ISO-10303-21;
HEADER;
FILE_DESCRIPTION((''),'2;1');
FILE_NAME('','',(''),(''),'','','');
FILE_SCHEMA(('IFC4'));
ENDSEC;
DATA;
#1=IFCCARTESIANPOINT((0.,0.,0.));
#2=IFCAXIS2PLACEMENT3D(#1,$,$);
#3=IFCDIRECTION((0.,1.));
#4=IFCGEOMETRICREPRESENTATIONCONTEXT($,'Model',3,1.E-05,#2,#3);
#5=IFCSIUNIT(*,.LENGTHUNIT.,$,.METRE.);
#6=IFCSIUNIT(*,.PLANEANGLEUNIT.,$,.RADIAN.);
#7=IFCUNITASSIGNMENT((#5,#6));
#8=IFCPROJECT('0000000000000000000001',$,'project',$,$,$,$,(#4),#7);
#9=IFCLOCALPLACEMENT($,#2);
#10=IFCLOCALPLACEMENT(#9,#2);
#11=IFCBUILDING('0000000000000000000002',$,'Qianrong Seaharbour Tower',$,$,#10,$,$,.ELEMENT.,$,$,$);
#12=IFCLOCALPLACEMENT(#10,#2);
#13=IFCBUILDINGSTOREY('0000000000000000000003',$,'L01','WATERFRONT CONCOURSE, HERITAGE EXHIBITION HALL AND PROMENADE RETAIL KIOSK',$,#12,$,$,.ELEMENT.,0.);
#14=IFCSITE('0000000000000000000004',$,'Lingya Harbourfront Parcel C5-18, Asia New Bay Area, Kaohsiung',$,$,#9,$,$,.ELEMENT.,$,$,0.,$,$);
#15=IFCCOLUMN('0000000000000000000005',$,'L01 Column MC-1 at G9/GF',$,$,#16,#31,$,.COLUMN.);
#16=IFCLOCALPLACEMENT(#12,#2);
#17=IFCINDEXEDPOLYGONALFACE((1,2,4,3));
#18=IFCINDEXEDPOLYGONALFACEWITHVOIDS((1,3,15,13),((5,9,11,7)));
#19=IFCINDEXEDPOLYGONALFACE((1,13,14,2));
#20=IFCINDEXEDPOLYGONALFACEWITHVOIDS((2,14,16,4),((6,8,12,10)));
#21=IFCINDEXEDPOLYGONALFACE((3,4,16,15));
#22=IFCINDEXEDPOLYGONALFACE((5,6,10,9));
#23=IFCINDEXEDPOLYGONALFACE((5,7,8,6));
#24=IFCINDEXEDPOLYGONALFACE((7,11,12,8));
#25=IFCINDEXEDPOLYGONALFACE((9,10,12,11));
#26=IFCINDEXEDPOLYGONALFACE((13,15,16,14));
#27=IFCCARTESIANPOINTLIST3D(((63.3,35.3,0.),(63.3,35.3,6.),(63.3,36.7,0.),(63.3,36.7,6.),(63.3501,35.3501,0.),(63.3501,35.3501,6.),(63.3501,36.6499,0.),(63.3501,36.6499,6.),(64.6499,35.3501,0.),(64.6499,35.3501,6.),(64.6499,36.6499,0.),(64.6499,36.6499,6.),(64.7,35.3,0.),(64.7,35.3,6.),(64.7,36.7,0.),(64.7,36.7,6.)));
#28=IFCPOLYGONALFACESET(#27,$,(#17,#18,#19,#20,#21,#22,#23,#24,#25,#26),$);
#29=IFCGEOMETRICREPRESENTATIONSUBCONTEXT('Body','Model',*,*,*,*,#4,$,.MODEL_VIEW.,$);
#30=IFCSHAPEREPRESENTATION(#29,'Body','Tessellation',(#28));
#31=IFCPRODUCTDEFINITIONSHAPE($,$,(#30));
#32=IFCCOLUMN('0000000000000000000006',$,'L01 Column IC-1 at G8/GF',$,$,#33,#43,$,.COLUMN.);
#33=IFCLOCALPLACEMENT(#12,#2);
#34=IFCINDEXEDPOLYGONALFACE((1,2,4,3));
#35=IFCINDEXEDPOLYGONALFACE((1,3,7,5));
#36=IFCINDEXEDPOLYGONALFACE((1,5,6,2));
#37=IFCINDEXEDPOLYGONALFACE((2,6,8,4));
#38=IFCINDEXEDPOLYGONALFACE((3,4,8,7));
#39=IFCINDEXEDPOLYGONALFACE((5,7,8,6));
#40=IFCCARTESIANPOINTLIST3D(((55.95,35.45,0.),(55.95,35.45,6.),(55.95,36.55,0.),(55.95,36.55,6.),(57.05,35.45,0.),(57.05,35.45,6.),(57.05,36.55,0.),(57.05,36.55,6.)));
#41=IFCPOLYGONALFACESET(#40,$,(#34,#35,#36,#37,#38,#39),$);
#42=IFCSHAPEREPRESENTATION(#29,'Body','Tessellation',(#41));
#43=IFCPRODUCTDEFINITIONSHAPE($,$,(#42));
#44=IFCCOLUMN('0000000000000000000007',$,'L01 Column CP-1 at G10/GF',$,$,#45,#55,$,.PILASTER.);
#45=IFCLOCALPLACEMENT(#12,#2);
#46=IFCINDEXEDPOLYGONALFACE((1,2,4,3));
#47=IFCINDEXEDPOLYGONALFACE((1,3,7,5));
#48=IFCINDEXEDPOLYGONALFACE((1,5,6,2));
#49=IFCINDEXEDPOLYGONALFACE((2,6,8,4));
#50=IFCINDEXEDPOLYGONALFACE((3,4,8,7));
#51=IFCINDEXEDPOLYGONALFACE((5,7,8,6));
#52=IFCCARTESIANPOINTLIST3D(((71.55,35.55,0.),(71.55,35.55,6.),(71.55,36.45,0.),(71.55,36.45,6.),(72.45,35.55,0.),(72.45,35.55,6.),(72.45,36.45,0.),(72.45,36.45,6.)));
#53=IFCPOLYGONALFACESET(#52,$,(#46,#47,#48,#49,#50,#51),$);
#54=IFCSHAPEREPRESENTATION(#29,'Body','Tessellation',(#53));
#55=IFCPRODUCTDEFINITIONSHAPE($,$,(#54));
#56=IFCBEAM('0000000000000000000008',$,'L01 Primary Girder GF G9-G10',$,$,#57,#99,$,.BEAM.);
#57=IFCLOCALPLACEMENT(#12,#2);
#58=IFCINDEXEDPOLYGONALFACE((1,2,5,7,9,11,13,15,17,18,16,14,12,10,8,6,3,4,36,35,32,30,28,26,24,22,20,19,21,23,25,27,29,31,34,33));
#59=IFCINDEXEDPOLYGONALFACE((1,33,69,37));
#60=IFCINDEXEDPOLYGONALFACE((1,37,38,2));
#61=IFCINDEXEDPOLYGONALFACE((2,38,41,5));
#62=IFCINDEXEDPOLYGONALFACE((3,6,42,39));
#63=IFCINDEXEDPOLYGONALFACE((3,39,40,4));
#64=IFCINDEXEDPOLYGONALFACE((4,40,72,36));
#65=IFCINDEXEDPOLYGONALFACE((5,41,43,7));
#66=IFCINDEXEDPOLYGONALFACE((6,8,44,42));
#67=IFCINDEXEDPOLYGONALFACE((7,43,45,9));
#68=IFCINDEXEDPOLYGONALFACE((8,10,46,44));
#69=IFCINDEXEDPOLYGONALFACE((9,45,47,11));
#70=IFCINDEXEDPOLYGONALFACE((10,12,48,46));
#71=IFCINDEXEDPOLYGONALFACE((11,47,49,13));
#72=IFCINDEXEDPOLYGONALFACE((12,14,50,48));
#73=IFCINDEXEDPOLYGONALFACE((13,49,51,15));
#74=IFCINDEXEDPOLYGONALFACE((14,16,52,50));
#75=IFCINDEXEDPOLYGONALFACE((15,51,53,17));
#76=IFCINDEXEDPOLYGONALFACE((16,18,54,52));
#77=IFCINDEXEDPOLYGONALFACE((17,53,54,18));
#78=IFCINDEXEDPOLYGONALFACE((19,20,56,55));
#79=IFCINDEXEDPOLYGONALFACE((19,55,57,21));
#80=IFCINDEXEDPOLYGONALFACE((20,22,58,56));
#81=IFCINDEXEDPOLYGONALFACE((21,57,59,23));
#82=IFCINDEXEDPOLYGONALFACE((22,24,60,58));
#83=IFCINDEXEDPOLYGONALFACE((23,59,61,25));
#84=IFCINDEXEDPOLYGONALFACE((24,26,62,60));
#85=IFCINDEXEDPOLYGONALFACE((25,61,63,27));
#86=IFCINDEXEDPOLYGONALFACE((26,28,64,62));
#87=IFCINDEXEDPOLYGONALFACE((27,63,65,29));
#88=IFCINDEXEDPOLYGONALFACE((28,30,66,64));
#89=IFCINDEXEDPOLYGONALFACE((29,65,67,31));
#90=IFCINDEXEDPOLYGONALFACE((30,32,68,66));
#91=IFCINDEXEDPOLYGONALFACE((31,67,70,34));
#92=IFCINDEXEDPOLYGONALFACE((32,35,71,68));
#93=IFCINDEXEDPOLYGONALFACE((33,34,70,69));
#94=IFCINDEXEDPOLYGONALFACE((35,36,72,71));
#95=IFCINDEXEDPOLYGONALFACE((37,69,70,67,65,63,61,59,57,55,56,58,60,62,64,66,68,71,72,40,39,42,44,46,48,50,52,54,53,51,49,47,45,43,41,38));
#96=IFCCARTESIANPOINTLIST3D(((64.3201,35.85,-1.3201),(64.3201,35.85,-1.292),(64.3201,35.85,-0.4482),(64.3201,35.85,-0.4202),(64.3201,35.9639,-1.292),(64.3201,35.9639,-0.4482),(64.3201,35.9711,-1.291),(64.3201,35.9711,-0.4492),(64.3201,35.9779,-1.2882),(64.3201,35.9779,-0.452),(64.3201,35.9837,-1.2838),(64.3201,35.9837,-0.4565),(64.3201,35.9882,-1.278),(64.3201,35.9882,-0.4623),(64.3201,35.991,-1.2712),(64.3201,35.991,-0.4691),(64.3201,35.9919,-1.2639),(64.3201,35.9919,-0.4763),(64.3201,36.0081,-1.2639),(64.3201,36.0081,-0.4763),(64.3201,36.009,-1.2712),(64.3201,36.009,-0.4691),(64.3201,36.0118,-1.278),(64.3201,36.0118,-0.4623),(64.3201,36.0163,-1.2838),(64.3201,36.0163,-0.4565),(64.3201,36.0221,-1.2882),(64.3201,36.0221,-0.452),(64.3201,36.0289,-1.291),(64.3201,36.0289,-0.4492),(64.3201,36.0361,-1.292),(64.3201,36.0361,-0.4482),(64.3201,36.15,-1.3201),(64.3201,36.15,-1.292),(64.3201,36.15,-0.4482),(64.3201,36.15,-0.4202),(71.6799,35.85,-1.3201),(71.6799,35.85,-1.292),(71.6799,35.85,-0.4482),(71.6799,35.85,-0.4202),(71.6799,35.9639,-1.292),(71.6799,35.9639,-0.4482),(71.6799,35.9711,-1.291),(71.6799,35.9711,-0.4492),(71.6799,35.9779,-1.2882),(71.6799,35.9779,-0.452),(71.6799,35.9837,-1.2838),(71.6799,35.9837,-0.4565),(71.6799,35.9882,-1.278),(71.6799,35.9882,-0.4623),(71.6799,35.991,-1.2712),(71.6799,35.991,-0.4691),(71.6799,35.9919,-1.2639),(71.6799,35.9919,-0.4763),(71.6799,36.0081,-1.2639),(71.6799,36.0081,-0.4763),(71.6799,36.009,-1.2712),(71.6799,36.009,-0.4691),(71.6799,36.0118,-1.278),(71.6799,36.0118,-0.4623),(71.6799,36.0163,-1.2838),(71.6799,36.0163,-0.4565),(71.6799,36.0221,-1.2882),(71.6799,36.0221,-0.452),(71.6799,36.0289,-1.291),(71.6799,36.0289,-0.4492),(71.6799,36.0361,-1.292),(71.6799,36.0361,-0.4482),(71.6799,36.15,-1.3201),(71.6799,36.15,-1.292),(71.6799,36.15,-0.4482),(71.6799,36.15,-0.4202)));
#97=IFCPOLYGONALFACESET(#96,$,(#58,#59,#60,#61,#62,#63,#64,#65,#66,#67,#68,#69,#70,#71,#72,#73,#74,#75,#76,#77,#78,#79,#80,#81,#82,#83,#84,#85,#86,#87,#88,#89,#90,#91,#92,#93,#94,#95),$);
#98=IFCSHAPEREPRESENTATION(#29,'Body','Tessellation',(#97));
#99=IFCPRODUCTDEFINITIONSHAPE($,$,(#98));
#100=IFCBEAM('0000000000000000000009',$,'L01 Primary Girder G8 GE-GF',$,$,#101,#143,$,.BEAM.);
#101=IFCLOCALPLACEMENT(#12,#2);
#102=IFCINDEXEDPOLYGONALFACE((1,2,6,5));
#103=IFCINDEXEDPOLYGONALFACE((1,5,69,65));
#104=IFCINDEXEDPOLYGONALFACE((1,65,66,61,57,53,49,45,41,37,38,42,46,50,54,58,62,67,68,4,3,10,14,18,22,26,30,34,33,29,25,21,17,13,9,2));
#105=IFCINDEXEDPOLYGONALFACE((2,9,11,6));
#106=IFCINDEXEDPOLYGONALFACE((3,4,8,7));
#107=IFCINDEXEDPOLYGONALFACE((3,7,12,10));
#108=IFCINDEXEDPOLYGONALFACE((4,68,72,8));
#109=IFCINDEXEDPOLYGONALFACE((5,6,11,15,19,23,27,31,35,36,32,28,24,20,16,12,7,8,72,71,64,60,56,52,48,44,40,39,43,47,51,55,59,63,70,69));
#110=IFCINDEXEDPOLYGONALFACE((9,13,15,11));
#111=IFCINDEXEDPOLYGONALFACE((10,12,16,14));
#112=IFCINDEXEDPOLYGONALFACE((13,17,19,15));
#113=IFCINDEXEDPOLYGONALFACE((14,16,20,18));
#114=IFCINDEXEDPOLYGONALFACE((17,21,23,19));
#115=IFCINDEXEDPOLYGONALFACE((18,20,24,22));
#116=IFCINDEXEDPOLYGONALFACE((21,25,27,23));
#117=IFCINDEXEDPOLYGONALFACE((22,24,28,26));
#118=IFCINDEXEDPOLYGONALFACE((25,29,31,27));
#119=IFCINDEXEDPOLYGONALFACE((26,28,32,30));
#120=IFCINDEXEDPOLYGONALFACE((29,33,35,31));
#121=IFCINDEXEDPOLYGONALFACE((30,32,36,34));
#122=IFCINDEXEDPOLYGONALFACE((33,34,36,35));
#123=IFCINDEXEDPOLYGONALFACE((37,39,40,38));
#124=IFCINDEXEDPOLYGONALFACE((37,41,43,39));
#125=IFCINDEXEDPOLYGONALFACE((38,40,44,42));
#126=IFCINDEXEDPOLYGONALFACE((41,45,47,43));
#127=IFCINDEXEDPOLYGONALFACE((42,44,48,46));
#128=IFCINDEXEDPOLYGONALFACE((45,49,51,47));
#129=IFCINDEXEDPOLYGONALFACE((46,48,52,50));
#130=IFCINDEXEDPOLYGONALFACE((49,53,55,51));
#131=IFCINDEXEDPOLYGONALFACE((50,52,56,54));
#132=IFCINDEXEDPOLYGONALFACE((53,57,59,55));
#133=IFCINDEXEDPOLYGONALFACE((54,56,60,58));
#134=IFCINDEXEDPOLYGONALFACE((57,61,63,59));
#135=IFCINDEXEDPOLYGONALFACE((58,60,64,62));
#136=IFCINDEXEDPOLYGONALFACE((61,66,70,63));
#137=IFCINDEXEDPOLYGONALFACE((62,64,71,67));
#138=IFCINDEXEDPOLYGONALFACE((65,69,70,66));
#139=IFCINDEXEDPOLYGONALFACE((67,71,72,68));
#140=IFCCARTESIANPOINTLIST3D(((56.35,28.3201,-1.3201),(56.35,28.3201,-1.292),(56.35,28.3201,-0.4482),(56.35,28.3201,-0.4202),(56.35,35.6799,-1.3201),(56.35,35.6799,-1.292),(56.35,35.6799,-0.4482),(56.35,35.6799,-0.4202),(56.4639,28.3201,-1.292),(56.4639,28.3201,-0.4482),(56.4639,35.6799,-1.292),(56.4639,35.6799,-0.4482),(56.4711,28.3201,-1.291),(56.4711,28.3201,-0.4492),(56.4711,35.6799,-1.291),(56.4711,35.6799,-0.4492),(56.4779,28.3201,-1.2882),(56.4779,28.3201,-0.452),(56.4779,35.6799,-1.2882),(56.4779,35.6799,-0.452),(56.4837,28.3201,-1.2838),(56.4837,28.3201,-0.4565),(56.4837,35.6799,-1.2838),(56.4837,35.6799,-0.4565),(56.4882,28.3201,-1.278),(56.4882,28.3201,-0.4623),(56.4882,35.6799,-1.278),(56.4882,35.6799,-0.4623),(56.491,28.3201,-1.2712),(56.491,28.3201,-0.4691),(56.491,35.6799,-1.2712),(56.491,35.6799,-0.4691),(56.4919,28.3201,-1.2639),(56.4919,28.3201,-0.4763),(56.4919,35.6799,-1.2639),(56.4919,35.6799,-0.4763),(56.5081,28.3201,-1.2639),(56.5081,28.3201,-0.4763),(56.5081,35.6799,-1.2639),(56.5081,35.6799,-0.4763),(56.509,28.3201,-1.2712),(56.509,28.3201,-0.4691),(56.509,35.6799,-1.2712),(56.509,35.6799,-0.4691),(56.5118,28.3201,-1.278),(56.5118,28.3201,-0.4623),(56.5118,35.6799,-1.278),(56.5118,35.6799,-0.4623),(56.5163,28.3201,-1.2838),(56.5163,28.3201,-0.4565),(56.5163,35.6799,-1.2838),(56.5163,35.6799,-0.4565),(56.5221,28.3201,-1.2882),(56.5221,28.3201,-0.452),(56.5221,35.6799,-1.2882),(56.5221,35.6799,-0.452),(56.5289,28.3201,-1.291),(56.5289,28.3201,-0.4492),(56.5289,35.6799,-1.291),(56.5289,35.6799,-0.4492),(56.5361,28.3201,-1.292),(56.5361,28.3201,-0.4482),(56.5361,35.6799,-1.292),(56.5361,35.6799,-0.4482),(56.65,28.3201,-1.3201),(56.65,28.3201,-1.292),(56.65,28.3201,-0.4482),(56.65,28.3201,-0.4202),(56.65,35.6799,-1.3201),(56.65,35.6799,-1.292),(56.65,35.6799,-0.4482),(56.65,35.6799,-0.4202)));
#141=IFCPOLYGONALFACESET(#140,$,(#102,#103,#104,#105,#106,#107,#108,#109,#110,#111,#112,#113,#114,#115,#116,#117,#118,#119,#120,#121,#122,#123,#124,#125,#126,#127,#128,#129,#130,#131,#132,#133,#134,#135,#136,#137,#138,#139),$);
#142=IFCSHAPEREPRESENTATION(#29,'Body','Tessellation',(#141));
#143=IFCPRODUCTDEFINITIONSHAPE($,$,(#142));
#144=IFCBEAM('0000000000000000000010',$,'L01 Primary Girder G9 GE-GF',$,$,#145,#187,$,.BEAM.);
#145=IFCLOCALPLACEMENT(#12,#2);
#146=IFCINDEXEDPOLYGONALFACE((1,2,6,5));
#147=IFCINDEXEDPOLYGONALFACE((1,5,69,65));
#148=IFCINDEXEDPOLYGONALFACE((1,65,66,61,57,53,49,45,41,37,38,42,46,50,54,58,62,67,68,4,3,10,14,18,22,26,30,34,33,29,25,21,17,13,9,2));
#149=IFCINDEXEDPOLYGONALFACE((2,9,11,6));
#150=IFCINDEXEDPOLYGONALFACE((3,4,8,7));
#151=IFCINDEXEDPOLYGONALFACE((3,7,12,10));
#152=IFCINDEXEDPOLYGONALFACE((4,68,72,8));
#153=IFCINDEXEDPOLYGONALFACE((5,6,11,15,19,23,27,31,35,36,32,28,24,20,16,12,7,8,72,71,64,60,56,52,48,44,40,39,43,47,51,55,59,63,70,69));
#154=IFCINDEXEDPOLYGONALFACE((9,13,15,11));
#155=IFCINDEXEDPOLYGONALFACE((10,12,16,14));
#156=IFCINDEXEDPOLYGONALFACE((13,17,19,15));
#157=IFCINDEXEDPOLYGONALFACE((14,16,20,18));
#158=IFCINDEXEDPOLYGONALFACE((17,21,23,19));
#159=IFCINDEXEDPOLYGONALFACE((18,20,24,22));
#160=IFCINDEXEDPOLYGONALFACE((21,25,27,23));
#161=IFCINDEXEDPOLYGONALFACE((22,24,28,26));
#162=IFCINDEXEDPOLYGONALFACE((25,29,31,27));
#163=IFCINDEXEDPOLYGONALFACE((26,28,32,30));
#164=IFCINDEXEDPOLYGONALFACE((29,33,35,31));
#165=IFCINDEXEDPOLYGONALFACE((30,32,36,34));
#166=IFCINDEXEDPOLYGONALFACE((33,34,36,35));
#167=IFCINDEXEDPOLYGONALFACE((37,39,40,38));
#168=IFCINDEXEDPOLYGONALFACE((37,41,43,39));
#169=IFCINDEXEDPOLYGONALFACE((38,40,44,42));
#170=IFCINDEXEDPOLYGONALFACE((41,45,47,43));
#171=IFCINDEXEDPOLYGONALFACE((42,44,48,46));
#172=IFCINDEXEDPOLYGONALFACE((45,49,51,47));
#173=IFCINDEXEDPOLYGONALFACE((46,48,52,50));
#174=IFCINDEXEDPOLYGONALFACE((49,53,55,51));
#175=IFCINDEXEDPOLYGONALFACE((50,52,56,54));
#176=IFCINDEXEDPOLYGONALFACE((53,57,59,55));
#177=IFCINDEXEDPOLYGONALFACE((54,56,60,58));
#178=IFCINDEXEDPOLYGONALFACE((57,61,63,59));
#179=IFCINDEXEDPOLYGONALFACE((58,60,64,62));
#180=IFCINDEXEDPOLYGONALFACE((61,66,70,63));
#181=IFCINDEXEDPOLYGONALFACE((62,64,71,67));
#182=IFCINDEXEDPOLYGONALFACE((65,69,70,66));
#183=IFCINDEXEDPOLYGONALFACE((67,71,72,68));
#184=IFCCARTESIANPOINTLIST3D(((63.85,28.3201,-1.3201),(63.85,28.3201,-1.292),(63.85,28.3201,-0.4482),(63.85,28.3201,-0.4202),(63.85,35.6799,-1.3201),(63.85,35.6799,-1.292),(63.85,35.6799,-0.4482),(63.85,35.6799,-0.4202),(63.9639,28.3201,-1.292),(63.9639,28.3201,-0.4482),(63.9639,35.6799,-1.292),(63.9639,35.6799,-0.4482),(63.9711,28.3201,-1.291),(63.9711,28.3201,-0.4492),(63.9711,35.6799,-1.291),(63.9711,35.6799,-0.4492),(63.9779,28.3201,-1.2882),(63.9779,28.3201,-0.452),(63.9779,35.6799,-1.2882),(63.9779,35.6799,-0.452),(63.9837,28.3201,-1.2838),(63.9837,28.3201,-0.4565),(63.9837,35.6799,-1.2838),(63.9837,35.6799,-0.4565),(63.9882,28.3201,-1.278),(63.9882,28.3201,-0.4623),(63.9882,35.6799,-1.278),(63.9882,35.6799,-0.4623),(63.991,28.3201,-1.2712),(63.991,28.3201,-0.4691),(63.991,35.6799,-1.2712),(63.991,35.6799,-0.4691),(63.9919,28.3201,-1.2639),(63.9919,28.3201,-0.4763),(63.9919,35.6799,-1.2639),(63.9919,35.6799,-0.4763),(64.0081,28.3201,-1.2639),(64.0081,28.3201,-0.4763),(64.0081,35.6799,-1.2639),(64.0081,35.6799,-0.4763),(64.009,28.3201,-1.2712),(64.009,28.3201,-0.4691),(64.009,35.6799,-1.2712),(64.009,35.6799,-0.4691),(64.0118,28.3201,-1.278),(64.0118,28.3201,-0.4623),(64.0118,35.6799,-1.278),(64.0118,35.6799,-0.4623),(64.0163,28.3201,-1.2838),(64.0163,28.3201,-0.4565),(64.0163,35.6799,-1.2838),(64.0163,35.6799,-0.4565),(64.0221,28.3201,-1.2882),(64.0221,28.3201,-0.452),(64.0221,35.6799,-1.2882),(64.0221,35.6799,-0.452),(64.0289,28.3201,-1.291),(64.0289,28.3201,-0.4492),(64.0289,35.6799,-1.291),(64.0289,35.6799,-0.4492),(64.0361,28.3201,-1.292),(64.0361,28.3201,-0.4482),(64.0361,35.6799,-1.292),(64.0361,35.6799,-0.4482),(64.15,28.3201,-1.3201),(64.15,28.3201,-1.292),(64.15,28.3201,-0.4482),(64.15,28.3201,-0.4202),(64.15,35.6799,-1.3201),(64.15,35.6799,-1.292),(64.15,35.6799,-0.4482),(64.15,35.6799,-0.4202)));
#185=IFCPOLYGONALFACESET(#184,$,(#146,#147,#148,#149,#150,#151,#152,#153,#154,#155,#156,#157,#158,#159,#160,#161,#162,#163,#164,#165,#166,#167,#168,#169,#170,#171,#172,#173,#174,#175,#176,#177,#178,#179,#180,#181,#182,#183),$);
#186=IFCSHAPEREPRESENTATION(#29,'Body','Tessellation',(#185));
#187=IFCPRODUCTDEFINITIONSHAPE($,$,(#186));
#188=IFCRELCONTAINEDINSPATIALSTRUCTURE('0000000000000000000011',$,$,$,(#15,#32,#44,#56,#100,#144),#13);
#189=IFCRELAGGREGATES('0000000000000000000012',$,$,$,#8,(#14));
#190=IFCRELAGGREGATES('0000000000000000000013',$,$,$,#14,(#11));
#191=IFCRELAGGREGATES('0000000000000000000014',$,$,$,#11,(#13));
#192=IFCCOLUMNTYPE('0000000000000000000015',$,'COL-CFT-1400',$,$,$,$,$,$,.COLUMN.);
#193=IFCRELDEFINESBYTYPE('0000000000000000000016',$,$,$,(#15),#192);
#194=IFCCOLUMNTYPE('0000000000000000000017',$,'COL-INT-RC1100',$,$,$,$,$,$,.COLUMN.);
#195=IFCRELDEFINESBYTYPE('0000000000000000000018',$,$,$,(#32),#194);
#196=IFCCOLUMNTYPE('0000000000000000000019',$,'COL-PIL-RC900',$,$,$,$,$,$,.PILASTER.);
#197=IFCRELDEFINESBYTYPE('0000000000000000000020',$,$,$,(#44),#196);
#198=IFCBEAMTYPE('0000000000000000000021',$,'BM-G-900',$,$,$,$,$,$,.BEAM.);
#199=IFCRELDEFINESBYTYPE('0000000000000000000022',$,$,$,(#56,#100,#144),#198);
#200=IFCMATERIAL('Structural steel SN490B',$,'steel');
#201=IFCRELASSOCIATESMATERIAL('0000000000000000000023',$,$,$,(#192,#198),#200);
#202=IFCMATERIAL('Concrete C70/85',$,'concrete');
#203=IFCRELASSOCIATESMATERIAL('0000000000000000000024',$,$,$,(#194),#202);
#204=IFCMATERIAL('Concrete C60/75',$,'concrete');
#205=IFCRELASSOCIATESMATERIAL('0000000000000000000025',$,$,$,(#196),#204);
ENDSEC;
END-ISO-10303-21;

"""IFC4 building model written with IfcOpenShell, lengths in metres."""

from ifc_helpers import new_model, si_unit, direction, frame, origin, origin_2d, place, context, subcontext, project, spatial, rectangle, hollow_rectangle, i_section, extrude, material, material_profile, profile_set, type_object, element, save


model = new_model("IFC4")

# Units and contexts
model_context = context("Model", 3, precision=1e-05, world=origin(), true_north=direction((0.0, 1.0)))
body_context = subcontext(model_context, "Body", "Model", "MODEL_VIEW")
ifc_project = project(units=[si_unit("LENGTHUNIT", "METRE"), si_unit("PLANEANGLEUNIT", "RADIAN")], contexts=[model_context])

# Site, building, storey
site_placement = place(None, origin())
site = spatial("IfcSite", under=ifc_project, at=site_placement, Name="Lingya Harbourfront Parcel C5-18, Asia New Bay Area, Kaohsiung", CompositionType="ELEMENT", RefElevation=0.0)
building_placement = place(site_placement, origin())
building = spatial("IfcBuilding", under=site, at=building_placement, Name="Qianrong Seaharbour Tower", CompositionType="ELEMENT")
storey_placement = place(building_placement, origin())
storey = spatial("IfcBuildingStorey", under=building, at=storey_placement, Name="L01", Description="WATERFRONT CONCOURSE, HERITAGE EXHIBITION HALL AND PROMENADE RETAIL KIOSK", CompositionType="ELEMENT", Elevation=0.0)

# Columns
ifc_material_1 = material(Name="Structural steel SN490B", Category="steel")
ifc_material_profile_1 = material_profile(ifc_material_1, hollow_rectangle(XDim=1.3999, YDim=1.3999, WallThickness=0.05, at=origin_2d()), Name="BOX1400x1400x50")
ifc_profile_set_1 = profile_set([ifc_material_profile_1], Name="Structural steel SN490B")
column_type_1 = type_object("IfcColumnType", Name="COL-CFT-1400", PredefinedType="COLUMN", material=ifc_profile_set_1)
column_1_placement = place(storey_placement, frame((64.0, 36.0, 0.0), z_axis=(0.0, 0.0, 1.0), x_axis=(1.0, 0.0, 0.0)))
element("IfcColumn", 1, at=column_1_placement, inside=storey, type_object=column_type_1, Name="L01 Column MC-1 at G9/GF", PredefinedType="COLUMN", context=body_context, shape_type="SweptSolid", body=[
    extrude(hollow_rectangle(XDim=1.3999, YDim=1.3999, WallThickness=0.05, at=origin_2d()), origin(), (0.0, 0.0, 1.0), 6.0),
])
ifc_material_2 = material(Name="Concrete C70/85", Category="concrete")
ifc_material_profile_2 = material_profile(ifc_material_2, rectangle(XDim=1.1001, YDim=1.1001, at=origin_2d()), Name="RC1100x1100")
ifc_profile_set_2 = profile_set([ifc_material_profile_2], Name="Concrete C70/85")
column_type_2 = type_object("IfcColumnType", Name="COL-INT-RC1100", PredefinedType="COLUMN", material=ifc_profile_set_2)
column_2_placement = place(storey_placement, frame((56.5, 36.0, 0.0), z_axis=(0.0, 0.0, 1.0), x_axis=(1.0, 0.0, 0.0)))
element("IfcColumn", 2, at=column_2_placement, inside=storey, type_object=column_type_2, Name="L01 Column IC-1 at G8/GF", PredefinedType="COLUMN", context=body_context, shape_type="SweptSolid", body=[
    extrude(rectangle(XDim=1.1001, YDim=1.1001, at=origin_2d()), origin(), (0.0, 0.0, 1.0), 6.0),
])
ifc_material_3 = material(Name="Concrete C60/75", Category="concrete")
ifc_material_profile_3 = material_profile(ifc_material_3, rectangle(XDim=0.8999, YDim=0.8999, at=origin_2d()), Name="RC900x900")
ifc_profile_set_3 = profile_set([ifc_material_profile_3], Name="Concrete C60/75")
column_type_3 = type_object("IfcColumnType", Name="COL-PIL-RC900", PredefinedType="PILASTER", material=ifc_profile_set_3)
column_3_placement = place(storey_placement, frame((72.0, 36.0, 0.0), z_axis=(0.0, 0.0, 1.0), x_axis=(1.0, 0.0, 0.0)))
element("IfcColumn", 3, at=column_3_placement, inside=storey, type_object=column_type_3, Name="L01 Column CP-1 at G10/GF", PredefinedType="PILASTER", context=body_context, shape_type="SweptSolid", body=[
    extrude(rectangle(XDim=0.8999, YDim=0.8999, at=origin_2d()), origin(), (0.0, 0.0, 1.0), 6.0),
])

# Beams
ifc_material_profile_4 = material_profile(ifc_material_1, i_section(OverallWidth=0.3, OverallDepth=0.8999, WebThickness=0.0161, FlangeThickness=0.0281, FilletRadius=0.0281, at=origin_2d()), Name="H900x300x16x28")
ifc_profile_set_4 = profile_set([ifc_material_profile_4], Name="Structural steel SN490B")
beam_type_1 = type_object("IfcBeamType", Name="BM-G-900", PredefinedType="BEAM", material=ifc_profile_set_4)
for number, where, z_axis, x_axis, name in (
    (4, (64.3201, 36.0, -0.8701), (1.0, 0.0, 0.0), (0.0, 1.0, 0.0), "L01 Primary Girder GF G9-G10"),
    (5, (56.5, 28.3201, -0.8701), (0.0, 1.0, 0.0), (-1.0, 0.0, 0.0), "L01 Primary Girder G8 GE-GF"),
    (6, (64.0, 28.3201, -0.8701), (0.0, 1.0, 0.0), (-1.0, 0.0, 0.0), "L01 Primary Girder G9 GE-GF"),
):
    element("IfcBeam", number, at=place(storey_placement, frame(where, z_axis=z_axis, x_axis=x_axis)), inside=storey, type_object=beam_type_1, Name=name, PredefinedType="BEAM", context=body_context, shape_type="SweptSolid", body=[
        extrude(i_section(OverallWidth=0.3, OverallDepth=0.8999, WebThickness=0.0161, FlangeThickness=0.0281, FilletRadius=0.0281, at=origin_2d()), origin(), (0.0, 0.0, 1.0), 7.3599),
    ])

save(model, "model.ifc")
